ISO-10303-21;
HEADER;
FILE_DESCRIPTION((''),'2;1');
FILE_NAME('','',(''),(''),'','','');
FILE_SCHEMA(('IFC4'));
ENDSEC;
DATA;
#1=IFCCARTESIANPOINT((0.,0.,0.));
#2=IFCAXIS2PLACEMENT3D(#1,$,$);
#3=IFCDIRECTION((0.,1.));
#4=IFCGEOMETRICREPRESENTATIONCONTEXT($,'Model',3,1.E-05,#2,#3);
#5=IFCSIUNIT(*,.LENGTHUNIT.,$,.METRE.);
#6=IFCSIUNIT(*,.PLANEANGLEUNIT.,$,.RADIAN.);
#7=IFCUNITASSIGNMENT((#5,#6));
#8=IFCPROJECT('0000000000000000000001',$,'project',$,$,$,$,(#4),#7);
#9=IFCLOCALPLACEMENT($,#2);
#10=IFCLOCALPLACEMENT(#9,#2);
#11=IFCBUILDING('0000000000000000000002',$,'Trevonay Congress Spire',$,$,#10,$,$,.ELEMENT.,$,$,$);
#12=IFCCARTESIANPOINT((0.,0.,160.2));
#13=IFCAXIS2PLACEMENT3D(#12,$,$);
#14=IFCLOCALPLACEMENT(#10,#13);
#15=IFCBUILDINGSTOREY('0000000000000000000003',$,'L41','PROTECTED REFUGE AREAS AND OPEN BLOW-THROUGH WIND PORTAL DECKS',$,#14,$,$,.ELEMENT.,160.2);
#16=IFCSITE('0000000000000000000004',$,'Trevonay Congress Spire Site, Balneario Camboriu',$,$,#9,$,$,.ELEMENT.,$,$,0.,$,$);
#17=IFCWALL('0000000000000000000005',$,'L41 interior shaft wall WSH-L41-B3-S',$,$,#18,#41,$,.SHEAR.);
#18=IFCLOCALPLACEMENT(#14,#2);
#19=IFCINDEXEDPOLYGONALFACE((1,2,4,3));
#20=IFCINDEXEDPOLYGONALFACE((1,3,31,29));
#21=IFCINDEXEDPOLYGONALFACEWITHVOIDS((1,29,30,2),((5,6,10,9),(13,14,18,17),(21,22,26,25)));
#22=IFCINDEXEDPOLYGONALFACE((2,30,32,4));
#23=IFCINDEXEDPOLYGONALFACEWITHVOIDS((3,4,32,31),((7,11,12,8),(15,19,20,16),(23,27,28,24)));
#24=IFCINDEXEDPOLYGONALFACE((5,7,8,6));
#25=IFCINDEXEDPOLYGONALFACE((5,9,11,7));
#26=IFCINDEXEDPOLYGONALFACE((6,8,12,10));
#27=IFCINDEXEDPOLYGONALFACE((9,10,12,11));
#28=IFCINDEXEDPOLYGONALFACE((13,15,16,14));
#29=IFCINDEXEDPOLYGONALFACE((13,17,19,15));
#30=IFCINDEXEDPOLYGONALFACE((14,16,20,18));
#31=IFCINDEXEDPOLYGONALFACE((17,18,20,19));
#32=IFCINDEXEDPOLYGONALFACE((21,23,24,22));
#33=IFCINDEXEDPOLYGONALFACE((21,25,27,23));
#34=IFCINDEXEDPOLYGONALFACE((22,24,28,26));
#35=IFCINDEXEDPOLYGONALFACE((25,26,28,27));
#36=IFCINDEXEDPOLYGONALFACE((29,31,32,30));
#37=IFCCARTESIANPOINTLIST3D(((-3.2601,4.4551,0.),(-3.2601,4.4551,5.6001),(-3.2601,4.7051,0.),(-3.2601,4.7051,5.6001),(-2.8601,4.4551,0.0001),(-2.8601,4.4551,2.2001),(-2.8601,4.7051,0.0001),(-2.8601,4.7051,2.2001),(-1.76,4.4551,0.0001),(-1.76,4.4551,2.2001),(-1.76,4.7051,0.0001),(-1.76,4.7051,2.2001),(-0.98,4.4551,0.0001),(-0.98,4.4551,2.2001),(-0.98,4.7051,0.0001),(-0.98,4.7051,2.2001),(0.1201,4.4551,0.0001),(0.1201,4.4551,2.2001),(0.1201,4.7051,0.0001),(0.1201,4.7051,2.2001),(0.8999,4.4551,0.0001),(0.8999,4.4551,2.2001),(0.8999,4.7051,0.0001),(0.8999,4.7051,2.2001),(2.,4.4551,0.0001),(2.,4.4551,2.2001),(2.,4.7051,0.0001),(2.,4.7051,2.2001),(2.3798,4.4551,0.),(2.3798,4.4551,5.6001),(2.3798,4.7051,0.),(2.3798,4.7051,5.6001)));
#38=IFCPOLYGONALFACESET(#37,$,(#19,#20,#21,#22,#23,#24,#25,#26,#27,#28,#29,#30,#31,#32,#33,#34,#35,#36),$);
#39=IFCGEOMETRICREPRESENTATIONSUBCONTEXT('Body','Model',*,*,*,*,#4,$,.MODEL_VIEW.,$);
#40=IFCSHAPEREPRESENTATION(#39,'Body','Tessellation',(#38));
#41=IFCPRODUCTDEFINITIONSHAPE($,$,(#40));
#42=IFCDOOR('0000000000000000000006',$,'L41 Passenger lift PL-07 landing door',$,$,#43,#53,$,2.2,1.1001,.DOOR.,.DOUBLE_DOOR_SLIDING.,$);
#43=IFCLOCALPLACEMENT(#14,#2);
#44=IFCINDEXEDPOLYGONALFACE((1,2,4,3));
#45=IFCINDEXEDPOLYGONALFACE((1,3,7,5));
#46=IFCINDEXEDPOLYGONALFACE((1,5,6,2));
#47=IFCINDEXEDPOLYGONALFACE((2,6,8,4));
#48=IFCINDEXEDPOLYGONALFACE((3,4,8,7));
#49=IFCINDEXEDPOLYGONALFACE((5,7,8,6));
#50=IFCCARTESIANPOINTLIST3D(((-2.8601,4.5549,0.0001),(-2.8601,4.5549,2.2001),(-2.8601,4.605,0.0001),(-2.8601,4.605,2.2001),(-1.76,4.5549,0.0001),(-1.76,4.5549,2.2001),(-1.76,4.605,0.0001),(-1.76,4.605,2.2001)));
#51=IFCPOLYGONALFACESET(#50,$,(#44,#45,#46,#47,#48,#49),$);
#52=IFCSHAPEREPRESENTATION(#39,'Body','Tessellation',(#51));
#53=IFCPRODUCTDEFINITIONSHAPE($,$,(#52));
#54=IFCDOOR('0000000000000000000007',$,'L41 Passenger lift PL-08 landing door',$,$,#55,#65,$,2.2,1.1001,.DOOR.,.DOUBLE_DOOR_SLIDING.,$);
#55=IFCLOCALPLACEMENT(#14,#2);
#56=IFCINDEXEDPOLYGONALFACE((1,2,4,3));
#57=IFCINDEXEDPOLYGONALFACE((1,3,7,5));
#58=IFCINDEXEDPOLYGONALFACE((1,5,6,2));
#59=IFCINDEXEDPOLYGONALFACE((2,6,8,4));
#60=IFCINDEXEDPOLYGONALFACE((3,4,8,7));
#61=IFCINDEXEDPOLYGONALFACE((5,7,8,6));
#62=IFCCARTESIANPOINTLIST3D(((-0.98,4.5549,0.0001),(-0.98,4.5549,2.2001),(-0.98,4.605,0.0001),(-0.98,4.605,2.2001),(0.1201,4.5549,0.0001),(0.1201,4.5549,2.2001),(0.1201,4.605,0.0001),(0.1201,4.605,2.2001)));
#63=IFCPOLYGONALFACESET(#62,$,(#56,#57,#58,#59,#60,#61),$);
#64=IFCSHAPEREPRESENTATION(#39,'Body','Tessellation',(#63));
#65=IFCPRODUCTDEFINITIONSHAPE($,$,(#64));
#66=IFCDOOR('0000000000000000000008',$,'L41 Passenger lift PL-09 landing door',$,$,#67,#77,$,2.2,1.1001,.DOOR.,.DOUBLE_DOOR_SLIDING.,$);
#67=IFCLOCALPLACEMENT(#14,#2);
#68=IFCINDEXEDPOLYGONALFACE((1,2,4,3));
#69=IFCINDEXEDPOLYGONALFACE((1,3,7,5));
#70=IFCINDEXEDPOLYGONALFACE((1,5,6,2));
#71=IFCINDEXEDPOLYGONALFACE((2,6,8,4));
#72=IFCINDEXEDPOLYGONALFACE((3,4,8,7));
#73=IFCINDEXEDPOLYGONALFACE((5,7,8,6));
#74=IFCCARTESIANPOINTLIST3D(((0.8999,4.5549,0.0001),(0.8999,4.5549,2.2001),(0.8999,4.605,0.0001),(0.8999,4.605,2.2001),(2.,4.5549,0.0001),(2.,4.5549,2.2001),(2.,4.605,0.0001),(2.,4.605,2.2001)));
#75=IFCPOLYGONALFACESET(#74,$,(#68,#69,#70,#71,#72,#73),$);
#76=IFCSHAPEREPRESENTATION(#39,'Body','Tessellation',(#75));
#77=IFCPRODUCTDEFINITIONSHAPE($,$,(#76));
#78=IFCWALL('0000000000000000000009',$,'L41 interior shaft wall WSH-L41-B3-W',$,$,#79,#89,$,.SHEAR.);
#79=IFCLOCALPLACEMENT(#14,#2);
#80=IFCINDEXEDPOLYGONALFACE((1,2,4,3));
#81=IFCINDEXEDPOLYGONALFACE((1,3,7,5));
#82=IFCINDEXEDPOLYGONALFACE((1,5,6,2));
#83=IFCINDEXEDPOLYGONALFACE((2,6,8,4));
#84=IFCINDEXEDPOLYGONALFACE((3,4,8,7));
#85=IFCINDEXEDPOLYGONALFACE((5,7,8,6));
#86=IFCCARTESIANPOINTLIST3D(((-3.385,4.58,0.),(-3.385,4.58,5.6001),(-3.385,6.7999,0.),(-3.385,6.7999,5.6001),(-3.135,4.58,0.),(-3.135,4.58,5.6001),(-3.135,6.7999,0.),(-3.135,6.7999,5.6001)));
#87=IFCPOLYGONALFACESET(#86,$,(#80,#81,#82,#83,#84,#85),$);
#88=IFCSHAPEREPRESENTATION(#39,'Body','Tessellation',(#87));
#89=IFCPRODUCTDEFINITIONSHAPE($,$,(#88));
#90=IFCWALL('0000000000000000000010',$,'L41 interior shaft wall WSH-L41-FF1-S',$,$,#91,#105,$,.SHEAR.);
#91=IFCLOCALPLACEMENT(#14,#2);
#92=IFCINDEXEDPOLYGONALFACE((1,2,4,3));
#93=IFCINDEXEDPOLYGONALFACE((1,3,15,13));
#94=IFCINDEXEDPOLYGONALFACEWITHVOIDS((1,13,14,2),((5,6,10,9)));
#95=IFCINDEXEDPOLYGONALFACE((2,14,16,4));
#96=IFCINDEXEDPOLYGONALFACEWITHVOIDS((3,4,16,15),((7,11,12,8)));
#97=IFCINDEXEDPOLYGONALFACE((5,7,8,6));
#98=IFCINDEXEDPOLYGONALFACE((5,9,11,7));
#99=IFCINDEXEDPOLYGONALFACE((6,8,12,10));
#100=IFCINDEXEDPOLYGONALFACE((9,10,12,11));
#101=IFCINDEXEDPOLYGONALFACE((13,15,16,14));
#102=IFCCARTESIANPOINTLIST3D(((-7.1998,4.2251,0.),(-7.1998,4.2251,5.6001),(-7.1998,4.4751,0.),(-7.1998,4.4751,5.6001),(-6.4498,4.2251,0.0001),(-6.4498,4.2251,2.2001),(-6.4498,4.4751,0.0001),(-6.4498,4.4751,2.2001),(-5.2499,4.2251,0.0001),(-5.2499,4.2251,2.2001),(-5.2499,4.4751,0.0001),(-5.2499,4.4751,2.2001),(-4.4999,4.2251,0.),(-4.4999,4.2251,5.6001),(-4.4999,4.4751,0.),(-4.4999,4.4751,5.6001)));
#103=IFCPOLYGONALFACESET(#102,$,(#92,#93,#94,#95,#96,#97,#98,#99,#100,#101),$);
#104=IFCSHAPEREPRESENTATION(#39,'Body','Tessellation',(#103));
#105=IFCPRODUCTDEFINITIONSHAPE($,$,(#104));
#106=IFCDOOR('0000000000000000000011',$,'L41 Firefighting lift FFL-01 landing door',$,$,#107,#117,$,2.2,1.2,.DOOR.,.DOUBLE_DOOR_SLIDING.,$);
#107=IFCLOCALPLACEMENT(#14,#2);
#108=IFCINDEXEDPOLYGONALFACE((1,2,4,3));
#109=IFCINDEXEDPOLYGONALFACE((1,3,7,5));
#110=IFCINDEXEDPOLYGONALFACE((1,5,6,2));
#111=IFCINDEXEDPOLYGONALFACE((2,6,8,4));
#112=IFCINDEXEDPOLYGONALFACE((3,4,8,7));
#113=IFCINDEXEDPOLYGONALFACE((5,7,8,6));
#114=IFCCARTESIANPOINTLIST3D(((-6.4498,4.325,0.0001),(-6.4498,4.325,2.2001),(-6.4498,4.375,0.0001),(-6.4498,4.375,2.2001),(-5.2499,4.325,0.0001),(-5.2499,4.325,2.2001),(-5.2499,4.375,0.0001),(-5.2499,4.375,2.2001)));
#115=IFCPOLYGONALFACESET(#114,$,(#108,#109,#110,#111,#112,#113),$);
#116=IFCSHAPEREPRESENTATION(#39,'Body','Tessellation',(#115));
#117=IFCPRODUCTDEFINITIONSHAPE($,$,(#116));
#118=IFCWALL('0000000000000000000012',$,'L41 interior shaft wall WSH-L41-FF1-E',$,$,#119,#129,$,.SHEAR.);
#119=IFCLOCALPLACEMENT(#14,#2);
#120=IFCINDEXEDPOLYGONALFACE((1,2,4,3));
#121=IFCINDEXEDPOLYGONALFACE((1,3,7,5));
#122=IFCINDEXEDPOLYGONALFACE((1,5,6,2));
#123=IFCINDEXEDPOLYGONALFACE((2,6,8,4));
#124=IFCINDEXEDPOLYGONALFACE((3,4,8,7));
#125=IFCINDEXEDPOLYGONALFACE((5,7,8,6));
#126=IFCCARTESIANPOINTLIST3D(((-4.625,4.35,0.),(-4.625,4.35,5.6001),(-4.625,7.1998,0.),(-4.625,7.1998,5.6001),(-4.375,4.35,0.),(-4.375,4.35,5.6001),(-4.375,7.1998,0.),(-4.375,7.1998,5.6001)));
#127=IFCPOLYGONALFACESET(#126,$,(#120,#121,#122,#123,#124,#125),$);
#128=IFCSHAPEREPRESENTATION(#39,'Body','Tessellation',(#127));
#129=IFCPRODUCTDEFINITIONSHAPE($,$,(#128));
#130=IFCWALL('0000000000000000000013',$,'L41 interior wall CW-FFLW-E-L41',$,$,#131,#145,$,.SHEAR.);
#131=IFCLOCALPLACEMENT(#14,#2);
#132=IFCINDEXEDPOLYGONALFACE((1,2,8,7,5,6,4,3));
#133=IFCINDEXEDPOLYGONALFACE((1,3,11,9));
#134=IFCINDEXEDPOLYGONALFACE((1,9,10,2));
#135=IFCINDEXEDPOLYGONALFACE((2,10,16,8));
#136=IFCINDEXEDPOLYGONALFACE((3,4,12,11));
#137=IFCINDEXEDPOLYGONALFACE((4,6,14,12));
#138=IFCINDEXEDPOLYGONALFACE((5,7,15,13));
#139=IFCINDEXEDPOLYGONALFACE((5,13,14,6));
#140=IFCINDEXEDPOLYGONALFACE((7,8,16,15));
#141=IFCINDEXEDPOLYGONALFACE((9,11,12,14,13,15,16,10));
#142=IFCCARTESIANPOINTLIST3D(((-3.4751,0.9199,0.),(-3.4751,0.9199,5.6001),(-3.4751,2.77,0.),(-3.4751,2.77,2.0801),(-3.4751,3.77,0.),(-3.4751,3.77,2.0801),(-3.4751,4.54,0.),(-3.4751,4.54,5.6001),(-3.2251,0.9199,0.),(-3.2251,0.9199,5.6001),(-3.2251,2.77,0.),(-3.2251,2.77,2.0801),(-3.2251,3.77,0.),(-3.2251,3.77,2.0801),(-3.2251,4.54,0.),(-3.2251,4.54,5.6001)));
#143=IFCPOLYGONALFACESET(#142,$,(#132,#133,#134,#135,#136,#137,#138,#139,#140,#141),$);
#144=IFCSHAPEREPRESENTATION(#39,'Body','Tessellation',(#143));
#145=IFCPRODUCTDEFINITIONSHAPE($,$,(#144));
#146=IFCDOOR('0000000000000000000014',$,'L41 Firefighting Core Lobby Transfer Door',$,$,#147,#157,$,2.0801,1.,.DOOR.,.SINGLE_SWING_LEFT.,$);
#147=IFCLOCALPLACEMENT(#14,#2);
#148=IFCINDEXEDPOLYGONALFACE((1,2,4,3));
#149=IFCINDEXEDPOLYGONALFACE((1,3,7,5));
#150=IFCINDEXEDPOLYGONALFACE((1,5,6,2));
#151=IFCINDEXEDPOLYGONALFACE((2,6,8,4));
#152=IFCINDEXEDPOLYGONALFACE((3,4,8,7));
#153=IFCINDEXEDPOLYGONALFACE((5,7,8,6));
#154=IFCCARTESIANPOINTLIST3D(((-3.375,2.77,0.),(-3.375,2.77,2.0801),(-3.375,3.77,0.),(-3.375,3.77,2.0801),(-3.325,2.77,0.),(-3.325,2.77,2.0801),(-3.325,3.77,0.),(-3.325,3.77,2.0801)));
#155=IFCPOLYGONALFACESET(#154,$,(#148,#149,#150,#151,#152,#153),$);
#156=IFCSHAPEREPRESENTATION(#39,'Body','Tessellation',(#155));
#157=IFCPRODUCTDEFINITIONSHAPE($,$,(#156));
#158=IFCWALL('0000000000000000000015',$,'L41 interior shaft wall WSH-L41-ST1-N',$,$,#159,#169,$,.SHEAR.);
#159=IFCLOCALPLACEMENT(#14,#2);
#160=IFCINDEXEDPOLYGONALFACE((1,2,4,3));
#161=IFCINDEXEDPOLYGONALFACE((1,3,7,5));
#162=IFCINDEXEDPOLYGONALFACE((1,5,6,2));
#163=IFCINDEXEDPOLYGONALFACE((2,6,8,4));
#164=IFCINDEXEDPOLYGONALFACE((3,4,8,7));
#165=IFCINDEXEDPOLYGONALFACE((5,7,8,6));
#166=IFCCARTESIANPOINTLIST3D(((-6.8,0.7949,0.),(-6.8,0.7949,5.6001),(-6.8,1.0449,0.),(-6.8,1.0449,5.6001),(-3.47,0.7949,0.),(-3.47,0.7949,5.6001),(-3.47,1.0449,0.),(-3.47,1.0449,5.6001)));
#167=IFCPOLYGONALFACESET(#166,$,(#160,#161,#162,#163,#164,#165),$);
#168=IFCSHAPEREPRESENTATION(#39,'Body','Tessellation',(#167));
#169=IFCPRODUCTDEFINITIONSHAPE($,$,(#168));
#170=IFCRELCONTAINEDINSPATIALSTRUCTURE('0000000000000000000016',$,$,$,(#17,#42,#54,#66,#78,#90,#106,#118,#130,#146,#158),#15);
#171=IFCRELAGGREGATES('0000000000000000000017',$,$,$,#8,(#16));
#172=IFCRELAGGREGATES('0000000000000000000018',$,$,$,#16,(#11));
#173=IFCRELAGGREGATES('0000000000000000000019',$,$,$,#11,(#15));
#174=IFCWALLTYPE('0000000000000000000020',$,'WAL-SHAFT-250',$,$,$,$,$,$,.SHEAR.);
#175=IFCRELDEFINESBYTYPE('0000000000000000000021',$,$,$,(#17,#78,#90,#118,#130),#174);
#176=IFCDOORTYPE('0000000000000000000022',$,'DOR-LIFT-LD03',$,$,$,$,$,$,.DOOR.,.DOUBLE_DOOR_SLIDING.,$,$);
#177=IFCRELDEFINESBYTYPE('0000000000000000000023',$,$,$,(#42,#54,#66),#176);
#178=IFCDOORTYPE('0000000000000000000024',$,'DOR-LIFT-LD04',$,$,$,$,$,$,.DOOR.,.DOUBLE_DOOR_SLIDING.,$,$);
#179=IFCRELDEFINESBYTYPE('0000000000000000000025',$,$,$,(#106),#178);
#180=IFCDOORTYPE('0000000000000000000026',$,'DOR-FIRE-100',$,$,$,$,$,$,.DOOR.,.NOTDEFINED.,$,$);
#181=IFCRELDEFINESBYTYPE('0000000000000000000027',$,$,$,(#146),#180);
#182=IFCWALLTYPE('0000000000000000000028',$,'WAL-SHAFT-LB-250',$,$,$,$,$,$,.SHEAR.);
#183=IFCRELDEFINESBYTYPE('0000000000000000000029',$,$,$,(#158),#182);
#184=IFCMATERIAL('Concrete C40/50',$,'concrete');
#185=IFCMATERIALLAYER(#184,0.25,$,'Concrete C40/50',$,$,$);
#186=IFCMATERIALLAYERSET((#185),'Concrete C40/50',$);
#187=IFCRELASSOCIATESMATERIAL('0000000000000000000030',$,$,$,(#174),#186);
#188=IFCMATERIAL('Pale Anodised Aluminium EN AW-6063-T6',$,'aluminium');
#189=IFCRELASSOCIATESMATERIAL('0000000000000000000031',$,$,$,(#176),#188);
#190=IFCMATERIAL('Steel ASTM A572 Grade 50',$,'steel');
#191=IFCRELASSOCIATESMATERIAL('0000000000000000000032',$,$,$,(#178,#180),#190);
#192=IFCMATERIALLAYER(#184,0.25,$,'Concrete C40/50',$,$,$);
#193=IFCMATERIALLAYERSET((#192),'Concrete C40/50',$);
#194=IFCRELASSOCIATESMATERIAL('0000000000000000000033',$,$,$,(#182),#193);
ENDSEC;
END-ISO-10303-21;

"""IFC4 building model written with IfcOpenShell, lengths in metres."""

from ifc_helpers import new_model, si_unit, direction, frame, frame_2d, origin, place, context, subcontext, project, spatial, rectangle, extrude, material, layer, layer_set, type_object, element, fill, save


model = new_model("IFC4")

# Units and contexts
model_context = context("Model", 3, precision=1e-05, world=origin(), true_north=direction((0.0, 1.0)))
body_context = subcontext(model_context, "Body", "Model", "MODEL_VIEW")
ifc_project = project(units=[si_unit("LENGTHUNIT", "METRE"), si_unit("PLANEANGLEUNIT", "RADIAN")], contexts=[model_context])

# Site, building, storey
site_placement = place(None, origin())
site = spatial("IfcSite", under=ifc_project, at=site_placement, Name="Trevonay Congress Spire Site, Balneario Camboriu", CompositionType="ELEMENT", RefElevation=0.0)
building_placement = place(site_placement, origin())
building = spatial("IfcBuilding", under=site, at=building_placement, Name="Trevonay Congress Spire", CompositionType="ELEMENT")
storey_placement = place(building_placement, frame((0.0, 0.0, 160.2)))
storey = spatial("IfcBuildingStorey", under=building, at=storey_placement, Name="L41", Description="PROTECTED REFUGE AREAS AND OPEN BLOW-THROUGH WIND PORTAL DECKS", CompositionType="ELEMENT", Elevation=160.2)

# Shared definitions
ifc_material_1 = material(Name="Steel ASTM A572 Grade 50", Category="steel")

# Shared definitions
ifc_material_2 = material(Name="Concrete C40/50", Category="concrete")

# Wall, openings, doors
ifc_layer_1 = layer(ifc_material_2, 0.25, Name="Concrete C40/50")
ifc_layer_set_1 = layer_set([ifc_layer_1], Name="Concrete C40/50")
wall_type_1 = type_object("IfcWallType", Name="WAL-SHAFT-250", PredefinedType="SHEAR", material=ifc_layer_set_1)
ifc_material_3 = material(Name="Pale Anodised Aluminium EN AW-6063-T6", Category="aluminium")
wall_1_placement = place(storey_placement, frame((-3.26, 4.5801, 0.0), z_axis=(0.0, 0.0, 1.0), x_axis=(1.0, 0.0, 0.0)))
wall_1 = element("IfcWall", 1, at=wall_1_placement, inside=storey, type_object=wall_type_1, Name="L41 interior shaft wall WSH-L41-B3-S", PredefinedType="SHEAR", context=body_context, shape_type="SweptSolid", body=[
    extrude(rectangle(XDim=5.6399, YDim=0.25, at=frame_2d((2.8198, 0.0))), origin(), (0.0, 0.0, 1.0), 5.6001),
])
opening_1_placement = place(wall_1_placement, frame((0.3999, 0.0, 0.0)))
opening_1 = element("IfcOpeningElement", 2, at=opening_1_placement, cuts=wall_1, PredefinedType="OPENING", context=body_context, shape_type="SweptSolid", body=[
    extrude(rectangle(XDim=1.1001, YDim=2.2, at=frame_2d((0.55, 1.1001))), frame((0.0, 0.135, 0.0), z_axis=(0.0, -1.0, 0.0), x_axis=(1.0, 0.0, 0.0)), (0.0, 0.0, 1.0), 0.27),
])
opening_2_placement = place(wall_1_placement, frame((2.28, 0.0, 0.0)))
opening_2 = element("IfcOpeningElement", 3, at=opening_2_placement, cuts=wall_1, PredefinedType="OPENING", context=body_context, shape_type="SweptSolid", body=[
    extrude(rectangle(XDim=1.1001, YDim=2.2, at=frame_2d((0.55, 1.1001))), frame((0.0, 0.135, 0.0), z_axis=(0.0, -1.0, 0.0), x_axis=(1.0, 0.0, 0.0)), (0.0, 0.0, 1.0), 0.27),
])
opening_3_placement = place(wall_1_placement, frame((4.1599, 0.0, 0.0)))
opening_3 = element("IfcOpeningElement", 4, at=opening_3_placement, cuts=wall_1, PredefinedType="OPENING", context=body_context, shape_type="SweptSolid", body=[
    extrude(rectangle(XDim=1.1001, YDim=2.2, at=frame_2d((0.55, 1.1001))), frame((0.0, 0.135, 0.0), z_axis=(0.0, -1.0, 0.0), x_axis=(1.0, 0.0, 0.0)), (0.0, 0.0, 1.0), 0.27),
])
door_type_1 = type_object("IfcDoorType", Name="DOR-LIFT-LD03", OperationType="DOUBLE_DOOR_SLIDING", PredefinedType="DOOR", material=ifc_material_3)
door_1_placement = place(opening_1_placement, origin())
door_1 = element("IfcDoor", 5, at=door_1_placement, inside=storey, type_object=door_type_1, Name="L41 Passenger lift PL-07 landing door", OperationType="DOUBLE_DOOR_SLIDING", OverallHeight=2.2, OverallWidth=1.1001, PredefinedType="DOOR", context=body_context, shape_type="SweptSolid", body=[
    extrude(rectangle(XDim=1.1001, YDim=2.2, at=frame_2d((0.55, 1.1001))), frame((0.0, 0.0249, 0.0), z_axis=(0.0, -1.0, 0.0), x_axis=(1.0, 0.0, 0.0)), (0.0, 0.0, 1.0), 0.05),
])
fill(opening_1, door_1)
door_2_placement = place(opening_2_placement, origin())
door_2 = element("IfcDoor", 6, at=door_2_placement, inside=storey, type_object=door_type_1, Name="L41 Passenger lift PL-08 landing door", OperationType="DOUBLE_DOOR_SLIDING", OverallHeight=2.2, OverallWidth=1.1001, PredefinedType="DOOR", context=body_context, shape_type="SweptSolid", body=[
    extrude(rectangle(XDim=1.1001, YDim=2.2, at=frame_2d((0.55, 1.1001))), frame((0.0, 0.0249, 0.0), z_axis=(0.0, -1.0, 0.0), x_axis=(1.0, 0.0, 0.0)), (0.0, 0.0, 1.0), 0.05),
])
fill(opening_2, door_2)
door_3_placement = place(opening_3_placement, origin())
door_3 = element("IfcDoor", 7, at=door_3_placement, inside=storey, type_object=door_type_1, Name="L41 Passenger lift PL-09 landing door", OperationType="DOUBLE_DOOR_SLIDING", OverallHeight=2.2, OverallWidth=1.1001, PredefinedType="DOOR", context=body_context, shape_type="SweptSolid", body=[
    extrude(rectangle(XDim=1.1001, YDim=2.2, at=frame_2d((0.55, 1.1001))), frame((0.0, 0.0249, 0.0), z_axis=(0.0, -1.0, 0.0), x_axis=(1.0, 0.0, 0.0)), (0.0, 0.0, 1.0), 0.05),
])
fill(opening_3, door_3)

# Wall
wall_2_placement = place(storey_placement, frame((-3.26, 4.5801, 0.0), z_axis=(0.0, 0.0, 1.0), x_axis=(0.0, 1.0, 0.0)))
element("IfcWall", 8, at=wall_2_placement, inside=storey, type_object=wall_type_1, Name="L41 interior shaft wall WSH-L41-B3-W", PredefinedType="SHEAR", context=body_context, shape_type="SweptSolid", body=[
    extrude(rectangle(XDim=2.22, YDim=0.25, at=frame_2d((1.1099, 0.0))), origin(), (0.0, 0.0, 1.0), 5.6001),
])

# Wall, opening, door
wall_3_placement = place(storey_placement, frame((-7.2, 4.3501, 0.0), z_axis=(0.0, 0.0, 1.0), x_axis=(1.0, 0.0, 0.0)))
wall_3 = element("IfcWall", 9, at=wall_3_placement, inside=storey, type_object=wall_type_1, Name="L41 interior shaft wall WSH-L41-FF1-S", PredefinedType="SHEAR", context=body_context, shape_type="SweptSolid", body=[
    extrude(rectangle(XDim=2.7, YDim=0.25, at=frame_2d((1.3501, 0.0))), origin(), (0.0, 0.0, 1.0), 5.6001),
])
opening_4_placement = place(wall_3_placement, frame((0.75, 0.0, 0.0)))
opening_4 = element("IfcOpeningElement", 10, at=opening_4_placement, cuts=wall_3, PredefinedType="OPENING", context=body_context, shape_type="SweptSolid", body=[
    extrude(rectangle(XDim=1.2, YDim=2.2, at=frame_2d((0.6001, 1.1001))), frame((0.0, 0.135, 0.0), z_axis=(0.0, -1.0, 0.0), x_axis=(1.0, 0.0, 0.0)), (0.0, 0.0, 1.0), 0.27),
])
door_type_2 = type_object("IfcDoorType", Name="DOR-LIFT-LD04", OperationType="DOUBLE_DOOR_SLIDING", PredefinedType="DOOR", material=ifc_material_1)
door_4_placement = place(opening_4_placement, origin())
door_4 = element("IfcDoor", 11, at=door_4_placement, inside=storey, type_object=door_type_2, Name="L41 Firefighting lift FFL-01 landing door", OperationType="DOUBLE_DOOR_SLIDING", OverallHeight=2.2, OverallWidth=1.2, PredefinedType="DOOR", context=body_context, shape_type="SweptSolid", body=[
    extrude(rectangle(XDim=1.2, YDim=2.2, at=frame_2d((0.6001, 1.1001))), frame((0.0, 0.0249, 0.0), z_axis=(0.0, -1.0, 0.0), x_axis=(1.0, 0.0, 0.0)), (0.0, 0.0, 1.0), 0.05),
])
fill(opening_4, door_4)

# Wall
wall_4_placement = place(storey_placement, frame((-4.5, 4.3501, 0.0), z_axis=(0.0, 0.0, 1.0), x_axis=(0.0, 1.0, 0.0)))
element("IfcWall", 12, at=wall_4_placement, inside=storey, type_object=wall_type_1, Name="L41 interior shaft wall WSH-L41-FF1-E", PredefinedType="SHEAR", context=body_context, shape_type="SweptSolid", body=[
    extrude(rectangle(XDim=2.8499, YDim=0.25, at=frame_2d((1.4248, 0.0))), origin(), (0.0, 0.0, 1.0), 5.6001),
])

# Wall, opening, door
wall_5_placement = place(storey_placement, frame((-3.3501, 0.9199, 0.0), z_axis=(0.0, 0.0, 1.0), x_axis=(0.0, 1.0, 0.0)))
wall_5 = element("IfcWall", 13, at=wall_5_placement, inside=storey, type_object=wall_type_1, Name="L41 interior wall CW-FFLW-E-L41", PredefinedType="SHEAR", context=body_context, shape_type="SweptSolid", body=[
    extrude(rectangle(XDim=3.6201, YDim=0.25, at=frame_2d((1.8101, 0.0))), origin(), (0.0, 0.0, 1.0), 5.6001),
])
opening_5_placement = place(wall_5_placement, frame((1.8501, 0.0, 0.0)))
opening_5 = element("IfcOpeningElement", 14, at=opening_5_placement, cuts=wall_5, PredefinedType="OPENING", context=body_context, shape_type="SweptSolid", body=[
    extrude(rectangle(XDim=1.0, YDim=2.0801, at=frame_2d((0.5, 1.04))), frame((0.0, 0.135, 0.0), z_axis=(0.0, -1.0, 0.0), x_axis=(1.0, 0.0, 0.0)), (0.0, 0.0, 1.0), 0.27),
])
door_type_3 = type_object("IfcDoorType", Name="DOR-FIRE-100", OperationType="NOTDEFINED", PredefinedType="DOOR", material=ifc_material_1)
door_5_placement = place(opening_5_placement, origin())
door_5 = element("IfcDoor", 15, at=door_5_placement, inside=storey, type_object=door_type_3, Name="L41 Firefighting Core Lobby Transfer Door", OperationType="SINGLE_SWING_LEFT", OverallHeight=2.0801, OverallWidth=1.0, PredefinedType="DOOR", context=body_context, shape_type="SweptSolid", body=[
    extrude(rectangle(XDim=1.0, YDim=2.0801, at=frame_2d((0.5, 1.04))), frame((0.0, 0.0249, 0.0), z_axis=(0.0, -1.0, 0.0), x_axis=(1.0, 0.0, 0.0)), (0.0, 0.0, 1.0), 0.05),
])
fill(opening_5, door_5)

# Wall
ifc_layer_2 = layer(ifc_material_2, 0.25, Name="Concrete C40/50")
ifc_layer_set_2 = layer_set([ifc_layer_2], Name="Concrete C40/50")
wall_type_2 = type_object("IfcWallType", Name="WAL-SHAFT-LB-250", PredefinedType="SHEAR", material=ifc_layer_set_2)
wall_6_placement = place(storey_placement, frame((-6.8, 0.9199, 0.0), z_axis=(0.0, 0.0, 1.0), x_axis=(1.0, 0.0, 0.0)))
element("IfcWall", 16, at=wall_6_placement, inside=storey, type_object=wall_type_2, Name="L41 interior shaft wall WSH-L41-ST1-N", PredefinedType="SHEAR", context=body_context, shape_type="SweptSolid", body=[
    extrude(rectangle(XDim=3.3301, YDim=0.25, at=frame_2d((1.665, 0.0))), origin(), (0.0, 0.0, 1.0), 5.6001),
])

save(model, "model.ifc")
